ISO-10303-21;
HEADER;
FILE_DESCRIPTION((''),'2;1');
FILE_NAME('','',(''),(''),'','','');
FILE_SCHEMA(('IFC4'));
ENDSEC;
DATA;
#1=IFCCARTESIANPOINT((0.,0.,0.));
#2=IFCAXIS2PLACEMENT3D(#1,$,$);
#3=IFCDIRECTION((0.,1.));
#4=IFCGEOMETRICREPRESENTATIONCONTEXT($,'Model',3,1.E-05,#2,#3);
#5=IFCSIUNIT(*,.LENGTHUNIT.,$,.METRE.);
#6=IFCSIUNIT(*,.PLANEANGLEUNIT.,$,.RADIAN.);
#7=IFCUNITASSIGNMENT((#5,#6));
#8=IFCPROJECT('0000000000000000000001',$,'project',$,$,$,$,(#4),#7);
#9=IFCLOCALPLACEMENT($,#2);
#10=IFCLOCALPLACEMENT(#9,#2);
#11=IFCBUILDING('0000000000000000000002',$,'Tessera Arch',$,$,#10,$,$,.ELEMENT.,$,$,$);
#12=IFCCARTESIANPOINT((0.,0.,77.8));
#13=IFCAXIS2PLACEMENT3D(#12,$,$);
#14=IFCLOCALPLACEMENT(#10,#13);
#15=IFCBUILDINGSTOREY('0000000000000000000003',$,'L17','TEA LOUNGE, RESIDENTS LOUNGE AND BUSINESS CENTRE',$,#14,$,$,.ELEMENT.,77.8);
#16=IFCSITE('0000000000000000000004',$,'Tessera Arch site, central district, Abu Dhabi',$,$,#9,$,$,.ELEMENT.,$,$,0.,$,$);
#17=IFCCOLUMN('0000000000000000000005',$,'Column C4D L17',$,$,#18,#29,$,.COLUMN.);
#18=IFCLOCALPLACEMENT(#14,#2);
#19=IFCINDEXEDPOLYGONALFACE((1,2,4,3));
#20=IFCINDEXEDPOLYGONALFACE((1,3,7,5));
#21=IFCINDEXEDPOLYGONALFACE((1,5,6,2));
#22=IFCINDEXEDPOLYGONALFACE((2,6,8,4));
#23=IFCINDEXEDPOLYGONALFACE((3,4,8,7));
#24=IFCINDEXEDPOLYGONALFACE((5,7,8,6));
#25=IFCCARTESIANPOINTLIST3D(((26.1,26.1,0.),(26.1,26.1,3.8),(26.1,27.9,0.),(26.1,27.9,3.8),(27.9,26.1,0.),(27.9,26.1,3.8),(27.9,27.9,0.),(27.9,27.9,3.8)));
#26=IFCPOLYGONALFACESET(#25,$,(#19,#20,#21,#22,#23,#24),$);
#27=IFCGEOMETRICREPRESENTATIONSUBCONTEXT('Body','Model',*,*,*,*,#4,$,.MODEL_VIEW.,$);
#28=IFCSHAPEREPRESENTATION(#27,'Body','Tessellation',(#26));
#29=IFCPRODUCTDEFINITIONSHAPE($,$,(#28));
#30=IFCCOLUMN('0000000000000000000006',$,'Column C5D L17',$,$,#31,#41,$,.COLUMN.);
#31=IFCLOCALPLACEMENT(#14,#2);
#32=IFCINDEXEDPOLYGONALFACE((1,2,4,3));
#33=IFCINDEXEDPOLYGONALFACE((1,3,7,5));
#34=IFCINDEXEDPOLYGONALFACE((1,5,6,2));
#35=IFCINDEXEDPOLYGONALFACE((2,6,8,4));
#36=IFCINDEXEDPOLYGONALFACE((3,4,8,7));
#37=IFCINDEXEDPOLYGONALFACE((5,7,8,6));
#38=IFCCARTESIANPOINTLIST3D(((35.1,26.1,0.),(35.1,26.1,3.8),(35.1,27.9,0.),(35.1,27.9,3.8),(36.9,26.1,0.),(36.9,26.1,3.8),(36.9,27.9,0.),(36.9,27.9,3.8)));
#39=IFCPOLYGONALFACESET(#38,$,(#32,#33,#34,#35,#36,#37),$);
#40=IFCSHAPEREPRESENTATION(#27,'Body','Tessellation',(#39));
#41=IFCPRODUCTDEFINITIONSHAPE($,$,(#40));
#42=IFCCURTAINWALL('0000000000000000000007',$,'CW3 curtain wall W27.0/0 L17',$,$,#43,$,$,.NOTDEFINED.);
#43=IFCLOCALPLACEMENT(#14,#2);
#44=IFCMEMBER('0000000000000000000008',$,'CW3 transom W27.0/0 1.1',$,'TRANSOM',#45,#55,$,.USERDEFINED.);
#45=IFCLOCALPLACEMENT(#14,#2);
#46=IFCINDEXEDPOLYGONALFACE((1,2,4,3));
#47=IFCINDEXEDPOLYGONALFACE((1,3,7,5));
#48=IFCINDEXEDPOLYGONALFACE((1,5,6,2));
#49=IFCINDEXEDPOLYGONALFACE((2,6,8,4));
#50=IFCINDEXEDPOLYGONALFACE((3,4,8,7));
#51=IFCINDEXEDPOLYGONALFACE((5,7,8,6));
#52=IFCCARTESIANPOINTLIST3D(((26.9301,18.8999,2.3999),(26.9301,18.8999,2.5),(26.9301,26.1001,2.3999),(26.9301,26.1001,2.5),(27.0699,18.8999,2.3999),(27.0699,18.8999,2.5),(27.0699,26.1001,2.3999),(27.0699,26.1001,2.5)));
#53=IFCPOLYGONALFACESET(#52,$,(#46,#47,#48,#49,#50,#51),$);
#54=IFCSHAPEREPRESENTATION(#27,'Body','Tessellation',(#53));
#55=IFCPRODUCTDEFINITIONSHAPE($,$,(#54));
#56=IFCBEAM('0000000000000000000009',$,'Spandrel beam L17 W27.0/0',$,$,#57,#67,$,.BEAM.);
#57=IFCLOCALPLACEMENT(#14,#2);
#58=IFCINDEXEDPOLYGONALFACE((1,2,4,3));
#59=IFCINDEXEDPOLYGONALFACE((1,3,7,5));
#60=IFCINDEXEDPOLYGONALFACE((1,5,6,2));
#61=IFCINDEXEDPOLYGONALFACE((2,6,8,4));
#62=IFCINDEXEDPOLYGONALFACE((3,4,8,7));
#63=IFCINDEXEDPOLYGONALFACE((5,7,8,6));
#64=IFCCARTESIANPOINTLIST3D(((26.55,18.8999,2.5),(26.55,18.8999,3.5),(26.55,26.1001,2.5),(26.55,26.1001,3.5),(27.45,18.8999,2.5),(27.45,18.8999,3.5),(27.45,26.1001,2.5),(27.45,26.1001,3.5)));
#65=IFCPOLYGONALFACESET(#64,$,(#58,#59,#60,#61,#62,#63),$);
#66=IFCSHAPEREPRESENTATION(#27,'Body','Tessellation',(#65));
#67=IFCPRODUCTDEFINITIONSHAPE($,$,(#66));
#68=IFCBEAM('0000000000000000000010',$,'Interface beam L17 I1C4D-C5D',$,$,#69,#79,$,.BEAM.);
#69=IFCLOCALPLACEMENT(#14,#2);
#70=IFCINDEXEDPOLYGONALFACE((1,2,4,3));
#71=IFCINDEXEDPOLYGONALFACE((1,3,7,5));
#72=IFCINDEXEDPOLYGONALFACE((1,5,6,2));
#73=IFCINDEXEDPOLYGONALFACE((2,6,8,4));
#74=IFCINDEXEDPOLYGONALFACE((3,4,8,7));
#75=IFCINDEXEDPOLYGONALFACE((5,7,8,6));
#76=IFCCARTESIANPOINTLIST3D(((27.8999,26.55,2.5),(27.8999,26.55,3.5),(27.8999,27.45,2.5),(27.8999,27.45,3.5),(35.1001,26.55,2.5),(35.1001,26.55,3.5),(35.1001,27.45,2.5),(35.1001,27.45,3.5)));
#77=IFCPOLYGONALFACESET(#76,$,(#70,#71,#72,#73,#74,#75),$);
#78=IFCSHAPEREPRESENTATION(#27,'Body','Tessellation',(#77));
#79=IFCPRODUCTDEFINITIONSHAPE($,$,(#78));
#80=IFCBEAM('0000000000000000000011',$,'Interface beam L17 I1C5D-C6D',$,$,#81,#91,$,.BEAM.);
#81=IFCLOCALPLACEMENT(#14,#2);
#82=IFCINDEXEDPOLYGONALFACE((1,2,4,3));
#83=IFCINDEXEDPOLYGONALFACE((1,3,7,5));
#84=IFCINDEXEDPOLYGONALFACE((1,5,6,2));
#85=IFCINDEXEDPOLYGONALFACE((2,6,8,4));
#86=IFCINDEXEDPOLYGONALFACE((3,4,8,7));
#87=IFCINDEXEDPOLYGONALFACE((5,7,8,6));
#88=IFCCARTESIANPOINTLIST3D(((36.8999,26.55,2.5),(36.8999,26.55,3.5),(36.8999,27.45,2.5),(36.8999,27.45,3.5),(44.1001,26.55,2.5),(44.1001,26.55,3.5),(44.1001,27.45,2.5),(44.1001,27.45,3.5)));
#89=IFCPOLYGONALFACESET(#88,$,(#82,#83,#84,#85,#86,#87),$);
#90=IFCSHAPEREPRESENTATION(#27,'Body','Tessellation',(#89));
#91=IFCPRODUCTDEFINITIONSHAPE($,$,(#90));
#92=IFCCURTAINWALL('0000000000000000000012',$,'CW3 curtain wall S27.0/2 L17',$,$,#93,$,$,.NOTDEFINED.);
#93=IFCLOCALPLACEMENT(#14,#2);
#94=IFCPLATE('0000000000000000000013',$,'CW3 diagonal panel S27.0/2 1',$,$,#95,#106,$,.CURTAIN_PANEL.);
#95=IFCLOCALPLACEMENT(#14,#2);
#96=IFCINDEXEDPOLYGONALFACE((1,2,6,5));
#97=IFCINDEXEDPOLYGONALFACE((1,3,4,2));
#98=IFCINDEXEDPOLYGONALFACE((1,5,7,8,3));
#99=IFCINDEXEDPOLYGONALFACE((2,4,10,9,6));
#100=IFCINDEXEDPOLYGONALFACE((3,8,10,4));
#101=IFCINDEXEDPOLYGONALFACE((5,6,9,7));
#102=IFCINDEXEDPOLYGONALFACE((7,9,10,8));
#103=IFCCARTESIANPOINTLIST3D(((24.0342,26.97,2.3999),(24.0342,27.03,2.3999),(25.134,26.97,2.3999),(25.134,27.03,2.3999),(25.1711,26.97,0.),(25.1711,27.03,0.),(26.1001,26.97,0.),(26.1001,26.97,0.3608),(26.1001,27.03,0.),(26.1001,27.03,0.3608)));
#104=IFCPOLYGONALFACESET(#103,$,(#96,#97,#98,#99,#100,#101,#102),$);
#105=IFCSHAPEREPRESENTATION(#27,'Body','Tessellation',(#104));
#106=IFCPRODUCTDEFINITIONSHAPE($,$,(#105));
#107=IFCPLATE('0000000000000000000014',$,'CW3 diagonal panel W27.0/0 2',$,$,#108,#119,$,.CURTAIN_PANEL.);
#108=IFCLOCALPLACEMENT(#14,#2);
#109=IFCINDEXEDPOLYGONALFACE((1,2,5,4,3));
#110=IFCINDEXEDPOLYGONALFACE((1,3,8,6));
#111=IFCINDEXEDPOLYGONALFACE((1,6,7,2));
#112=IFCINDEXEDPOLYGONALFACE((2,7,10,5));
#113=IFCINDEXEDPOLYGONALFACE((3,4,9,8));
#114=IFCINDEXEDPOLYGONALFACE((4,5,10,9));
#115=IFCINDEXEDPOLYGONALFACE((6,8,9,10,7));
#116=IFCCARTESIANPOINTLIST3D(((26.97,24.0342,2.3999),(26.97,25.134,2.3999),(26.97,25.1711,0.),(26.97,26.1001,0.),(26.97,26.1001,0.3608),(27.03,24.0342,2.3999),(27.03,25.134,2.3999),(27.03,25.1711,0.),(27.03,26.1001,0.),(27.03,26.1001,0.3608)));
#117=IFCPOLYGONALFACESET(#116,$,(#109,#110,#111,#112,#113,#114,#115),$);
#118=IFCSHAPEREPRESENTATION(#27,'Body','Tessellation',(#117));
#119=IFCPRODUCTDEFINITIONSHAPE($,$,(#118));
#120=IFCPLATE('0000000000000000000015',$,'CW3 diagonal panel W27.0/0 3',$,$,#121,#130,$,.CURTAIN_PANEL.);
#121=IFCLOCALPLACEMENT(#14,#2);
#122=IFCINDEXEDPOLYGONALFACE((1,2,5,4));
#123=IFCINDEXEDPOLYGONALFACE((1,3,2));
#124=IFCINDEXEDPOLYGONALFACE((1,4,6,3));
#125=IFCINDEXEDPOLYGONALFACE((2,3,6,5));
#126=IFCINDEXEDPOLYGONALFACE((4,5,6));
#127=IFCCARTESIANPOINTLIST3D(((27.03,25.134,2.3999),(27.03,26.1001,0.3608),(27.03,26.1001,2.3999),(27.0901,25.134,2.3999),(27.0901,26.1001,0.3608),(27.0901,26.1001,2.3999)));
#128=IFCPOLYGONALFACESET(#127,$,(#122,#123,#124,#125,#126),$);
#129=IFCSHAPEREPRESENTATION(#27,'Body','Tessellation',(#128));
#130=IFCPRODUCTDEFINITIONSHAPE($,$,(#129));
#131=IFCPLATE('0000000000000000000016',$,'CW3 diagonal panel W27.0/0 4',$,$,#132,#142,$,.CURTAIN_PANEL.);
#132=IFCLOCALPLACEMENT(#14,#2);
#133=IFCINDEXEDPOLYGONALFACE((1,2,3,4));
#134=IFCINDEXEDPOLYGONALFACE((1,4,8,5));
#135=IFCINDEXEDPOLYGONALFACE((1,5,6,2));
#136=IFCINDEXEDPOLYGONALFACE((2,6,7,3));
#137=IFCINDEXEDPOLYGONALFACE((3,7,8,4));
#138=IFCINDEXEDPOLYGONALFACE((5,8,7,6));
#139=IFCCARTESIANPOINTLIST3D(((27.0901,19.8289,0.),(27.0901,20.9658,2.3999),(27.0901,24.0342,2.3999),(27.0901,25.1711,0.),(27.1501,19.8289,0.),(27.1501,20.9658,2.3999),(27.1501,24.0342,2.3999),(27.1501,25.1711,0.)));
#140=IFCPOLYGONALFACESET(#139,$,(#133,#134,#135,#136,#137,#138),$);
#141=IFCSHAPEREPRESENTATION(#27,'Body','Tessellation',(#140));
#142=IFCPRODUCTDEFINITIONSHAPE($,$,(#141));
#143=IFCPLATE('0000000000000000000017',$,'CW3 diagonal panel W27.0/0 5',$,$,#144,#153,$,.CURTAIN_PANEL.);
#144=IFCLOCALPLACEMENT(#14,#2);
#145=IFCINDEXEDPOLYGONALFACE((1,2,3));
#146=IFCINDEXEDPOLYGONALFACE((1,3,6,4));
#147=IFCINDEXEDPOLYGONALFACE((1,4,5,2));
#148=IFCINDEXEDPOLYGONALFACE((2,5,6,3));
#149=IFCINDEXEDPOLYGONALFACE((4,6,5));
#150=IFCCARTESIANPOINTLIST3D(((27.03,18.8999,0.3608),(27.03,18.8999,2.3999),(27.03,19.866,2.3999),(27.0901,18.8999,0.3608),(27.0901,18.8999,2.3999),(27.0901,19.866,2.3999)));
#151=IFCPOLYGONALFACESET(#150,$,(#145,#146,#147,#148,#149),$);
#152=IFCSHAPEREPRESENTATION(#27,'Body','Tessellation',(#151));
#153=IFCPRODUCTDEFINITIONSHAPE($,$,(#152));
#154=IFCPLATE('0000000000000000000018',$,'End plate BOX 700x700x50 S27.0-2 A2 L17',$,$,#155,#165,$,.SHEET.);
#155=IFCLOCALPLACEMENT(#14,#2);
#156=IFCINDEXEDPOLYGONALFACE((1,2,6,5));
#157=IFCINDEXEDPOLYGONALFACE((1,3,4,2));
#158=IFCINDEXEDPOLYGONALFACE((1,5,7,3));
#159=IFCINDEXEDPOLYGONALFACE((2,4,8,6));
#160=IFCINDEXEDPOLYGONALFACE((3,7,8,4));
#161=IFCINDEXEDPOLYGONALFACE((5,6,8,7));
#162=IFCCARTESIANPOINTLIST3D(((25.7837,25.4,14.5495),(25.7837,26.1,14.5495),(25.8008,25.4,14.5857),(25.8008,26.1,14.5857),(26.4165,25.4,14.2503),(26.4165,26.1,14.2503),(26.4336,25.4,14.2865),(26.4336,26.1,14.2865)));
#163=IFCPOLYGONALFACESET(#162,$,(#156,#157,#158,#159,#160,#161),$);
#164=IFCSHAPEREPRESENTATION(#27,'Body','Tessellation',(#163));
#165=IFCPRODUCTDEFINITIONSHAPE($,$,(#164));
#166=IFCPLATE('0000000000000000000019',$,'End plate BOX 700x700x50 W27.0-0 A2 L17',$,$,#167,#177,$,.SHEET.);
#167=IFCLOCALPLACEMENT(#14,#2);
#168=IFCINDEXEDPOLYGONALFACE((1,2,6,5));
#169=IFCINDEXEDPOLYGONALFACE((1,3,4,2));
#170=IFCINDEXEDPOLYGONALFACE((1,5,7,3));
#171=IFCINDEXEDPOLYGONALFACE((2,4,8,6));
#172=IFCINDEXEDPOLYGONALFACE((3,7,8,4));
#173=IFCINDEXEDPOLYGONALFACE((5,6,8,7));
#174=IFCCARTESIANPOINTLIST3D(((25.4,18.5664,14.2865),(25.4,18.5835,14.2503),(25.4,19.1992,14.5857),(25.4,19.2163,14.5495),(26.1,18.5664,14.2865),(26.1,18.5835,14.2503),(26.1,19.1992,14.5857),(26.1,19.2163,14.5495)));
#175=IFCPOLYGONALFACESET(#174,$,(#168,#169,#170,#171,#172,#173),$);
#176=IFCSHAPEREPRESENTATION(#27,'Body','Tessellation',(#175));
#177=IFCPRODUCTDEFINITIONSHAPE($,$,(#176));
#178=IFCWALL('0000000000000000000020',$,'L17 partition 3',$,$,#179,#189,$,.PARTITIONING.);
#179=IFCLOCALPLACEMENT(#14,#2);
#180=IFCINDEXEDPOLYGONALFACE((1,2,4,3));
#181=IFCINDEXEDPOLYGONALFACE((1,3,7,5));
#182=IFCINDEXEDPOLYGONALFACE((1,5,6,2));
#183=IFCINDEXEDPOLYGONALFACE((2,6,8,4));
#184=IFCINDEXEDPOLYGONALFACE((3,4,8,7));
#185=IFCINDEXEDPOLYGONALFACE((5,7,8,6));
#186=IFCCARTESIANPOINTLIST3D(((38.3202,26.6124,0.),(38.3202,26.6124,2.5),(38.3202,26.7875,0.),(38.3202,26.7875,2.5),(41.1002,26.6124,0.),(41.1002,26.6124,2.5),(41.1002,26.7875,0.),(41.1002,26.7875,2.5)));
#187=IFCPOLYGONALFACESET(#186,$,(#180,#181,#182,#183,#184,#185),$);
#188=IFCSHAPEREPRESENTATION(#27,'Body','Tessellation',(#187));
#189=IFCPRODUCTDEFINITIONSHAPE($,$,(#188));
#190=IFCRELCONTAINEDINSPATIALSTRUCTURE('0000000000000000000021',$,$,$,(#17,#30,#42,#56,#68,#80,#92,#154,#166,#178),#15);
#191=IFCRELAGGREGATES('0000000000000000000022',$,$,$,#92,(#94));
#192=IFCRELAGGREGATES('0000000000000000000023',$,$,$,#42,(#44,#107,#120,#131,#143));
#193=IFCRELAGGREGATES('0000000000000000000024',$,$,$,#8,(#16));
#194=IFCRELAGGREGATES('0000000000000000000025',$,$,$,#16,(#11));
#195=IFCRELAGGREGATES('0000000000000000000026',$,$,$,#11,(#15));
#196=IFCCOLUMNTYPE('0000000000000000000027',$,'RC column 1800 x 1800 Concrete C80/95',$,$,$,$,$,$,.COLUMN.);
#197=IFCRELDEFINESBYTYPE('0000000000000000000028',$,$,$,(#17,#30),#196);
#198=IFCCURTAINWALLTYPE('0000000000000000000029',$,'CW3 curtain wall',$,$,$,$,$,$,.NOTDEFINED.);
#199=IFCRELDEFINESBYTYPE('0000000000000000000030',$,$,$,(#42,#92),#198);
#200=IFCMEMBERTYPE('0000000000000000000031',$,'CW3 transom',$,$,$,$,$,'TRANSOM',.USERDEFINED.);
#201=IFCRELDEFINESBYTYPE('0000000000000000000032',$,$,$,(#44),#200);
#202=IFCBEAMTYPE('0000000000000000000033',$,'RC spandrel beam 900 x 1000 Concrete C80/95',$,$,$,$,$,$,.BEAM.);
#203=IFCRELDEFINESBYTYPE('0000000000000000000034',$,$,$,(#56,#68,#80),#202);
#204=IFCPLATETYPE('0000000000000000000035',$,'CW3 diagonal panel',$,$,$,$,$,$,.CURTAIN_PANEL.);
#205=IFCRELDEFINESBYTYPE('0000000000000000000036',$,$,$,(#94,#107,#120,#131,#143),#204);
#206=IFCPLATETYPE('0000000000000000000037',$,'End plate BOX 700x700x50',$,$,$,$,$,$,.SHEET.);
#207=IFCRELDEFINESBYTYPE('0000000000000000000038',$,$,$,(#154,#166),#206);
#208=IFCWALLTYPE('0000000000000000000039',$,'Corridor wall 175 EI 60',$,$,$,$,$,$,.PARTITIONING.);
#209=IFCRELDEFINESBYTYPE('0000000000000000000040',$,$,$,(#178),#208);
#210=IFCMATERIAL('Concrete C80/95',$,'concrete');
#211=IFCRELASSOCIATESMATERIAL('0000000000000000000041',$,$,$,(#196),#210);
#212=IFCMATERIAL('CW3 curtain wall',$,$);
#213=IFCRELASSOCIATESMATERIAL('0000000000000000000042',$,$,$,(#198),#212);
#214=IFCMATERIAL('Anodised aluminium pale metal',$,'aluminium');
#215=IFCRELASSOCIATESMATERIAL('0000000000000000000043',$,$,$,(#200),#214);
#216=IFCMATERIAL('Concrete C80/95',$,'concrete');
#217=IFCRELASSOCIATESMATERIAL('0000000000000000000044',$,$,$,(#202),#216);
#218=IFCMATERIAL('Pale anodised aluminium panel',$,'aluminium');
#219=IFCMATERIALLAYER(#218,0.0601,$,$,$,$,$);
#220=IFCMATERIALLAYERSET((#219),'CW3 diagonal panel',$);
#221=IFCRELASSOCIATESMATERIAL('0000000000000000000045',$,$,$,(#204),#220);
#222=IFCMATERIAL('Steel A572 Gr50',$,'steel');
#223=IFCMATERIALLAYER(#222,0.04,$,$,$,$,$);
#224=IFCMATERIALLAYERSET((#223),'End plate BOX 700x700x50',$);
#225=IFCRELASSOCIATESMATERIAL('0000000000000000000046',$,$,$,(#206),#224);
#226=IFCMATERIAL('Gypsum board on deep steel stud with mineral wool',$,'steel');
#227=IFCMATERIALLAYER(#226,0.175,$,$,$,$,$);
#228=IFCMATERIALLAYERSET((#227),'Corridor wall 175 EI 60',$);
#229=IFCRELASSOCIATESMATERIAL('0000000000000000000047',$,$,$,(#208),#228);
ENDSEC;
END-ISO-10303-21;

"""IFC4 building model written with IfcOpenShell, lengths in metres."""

from ifc_helpers import new_model, si_unit, direction, frame, frame_2d, origin, origin_2d, place, context, subcontext, project, spatial, polyline, rectangle, outline, extrude, material, layer, layer_set, material_profile, profile_set, type_object, element, aggregate, save


model = new_model("IFC4")

# Units and contexts
model_context = context("Model", 3, precision=1e-05, world=origin(), true_north=direction((0.0, 1.0)))
body_context = subcontext(model_context, "Body", "Model", "MODEL_VIEW")
ifc_project = project(units=[si_unit("LENGTHUNIT", "METRE"), si_unit("PLANEANGLEUNIT", "RADIAN")], contexts=[model_context])

# Site, building, storey
site_placement = place(None, origin())
site = spatial("IfcSite", under=ifc_project, at=site_placement, Name="Tessera Arch site, central district, Abu Dhabi", CompositionType="ELEMENT", RefElevation=0.0)
building_placement = place(site_placement, origin())
building = spatial("IfcBuilding", under=site, at=building_placement, Name="Tessera Arch", CompositionType="ELEMENT")
storey_placement = place(building_placement, frame((0.0, 0.0, 77.8)))
storey = spatial("IfcBuildingStorey", under=building, at=storey_placement, Name="L17", Description="TEA LOUNGE, RESIDENTS LOUNGE AND BUSINESS CENTRE", CompositionType="ELEMENT", Elevation=77.8)

# Columns
ifc_material_1 = material(Name="Concrete C80/95", Category="concrete")
ifc_material_profile_1 = material_profile(ifc_material_1, rectangle(XDim=1.8, YDim=1.8, at=origin_2d()), Name="RC column 1800 x 1800 Concrete C80/95")
ifc_profile_set_1 = profile_set([ifc_material_profile_1], Name="Concrete C80/95")
column_type = type_object("IfcColumnType", Name="RC column 1800 x 1800 Concrete C80/95", PredefinedType="COLUMN", material=ifc_profile_set_1)
for number, where, z_axis, x_axis, name in (
    (1, (27.0, 27.0, 0.0), (0.0, 0.0, 1.0), (1.0, 0.0, 0.0), "Column C4D L17"),
    (2, (36.0, 27.0, 0.0), (0.0, 0.0, 1.0), (1.0, 0.0, 0.0), "Column C5D L17"),
):
    element("IfcColumn", number, at=place(storey_placement, frame(where, z_axis=z_axis, x_axis=x_axis)), inside=storey, type_object=column_type, Name=name, PredefinedType="COLUMN", context=body_context, shape_type="SweptSolid", body=[
        extrude(rectangle(XDim=1.8, YDim=1.8, at=origin_2d()), origin(), (0.0, 0.0, 1.0), 3.8),
    ])

# Curtain wall, member
ifc_material_2 = material(Name="CW3 curtain wall")
curtain_wall_type = type_object("IfcCurtainWallType", Name="CW3 curtain wall", PredefinedType="NOTDEFINED", material=ifc_material_2)
curtain_wall_1_placement = place(storey_placement, origin())
curtain_wall_1 = element("IfcCurtainWall", 3, at=curtain_wall_1_placement, inside=storey, type_object=curtain_wall_type, Name="CW3 curtain wall W27.0/0 L17", PredefinedType="NOTDEFINED")
ifc_material_3 = material(Name="Anodised aluminium pale metal", Category="aluminium")
ifc_material_profile_2 = material_profile(ifc_material_3, rectangle(XDim=0.1399, YDim=0.1001, at=origin_2d()), Name="AL 140x100")
ifc_profile_set_2 = profile_set([ifc_material_profile_2], Name="Anodised aluminium pale metal")
member_type = type_object("IfcMemberType", Name="CW3 transom", ElementType="TRANSOM", PredefinedType="USERDEFINED", material=ifc_profile_set_2)
member_placement = place(storey_placement, frame((27.0, 26.1001, 2.45), z_axis=(0.0, -1.0, 0.0), x_axis=(1.0, 0.0, 0.0)))
member = element("IfcMember", 4, at=member_placement, type_object=member_type, Name="CW3 transom W27.0/0 1.1", ObjectType="TRANSOM", PredefinedType="USERDEFINED", context=body_context, shape_type="SweptSolid", body=[
    extrude(rectangle(XDim=0.1399, YDim=0.1001, at=origin_2d()), origin(), (0.0, 0.0, 1.0), 7.2002),
])

# Beams
ifc_material_4 = material(Name="Concrete C80/95", Category="concrete")
ifc_material_profile_3 = material_profile(ifc_material_4, rectangle(XDim=0.8999, YDim=1.0, at=origin_2d()), Name="RC spandrel beam 900 x 1000 Concrete C80/95")
ifc_profile_set_3 = profile_set([ifc_material_profile_3], Name="Concrete C80/95")
beam_type = type_object("IfcBeamType", Name="RC spandrel beam 900 x 1000 Concrete C80/95", PredefinedType="BEAM", material=ifc_profile_set_3)
for number, where, z_axis, x_axis, name in (
    (5, (27.0, 26.1001, 3.0), (0.0, -1.0, 0.0), (1.0, 0.0, 0.0), "Spandrel beam L17 W27.0/0"),
    (6, (27.8999, 27.0, 3.0), (1.0, 0.0, 0.0), (0.0, 1.0, 0.0), "Interface beam L17 I1C4D-C5D"),
    (7, (36.8999, 27.0, 3.0), (1.0, 0.0, 0.0), (0.0, 1.0, 0.0), "Interface beam L17 I1C5D-C6D"),
):
    element("IfcBeam", number, at=place(storey_placement, frame(where, z_axis=z_axis, x_axis=x_axis)), inside=storey, type_object=beam_type, Name=name, PredefinedType="BEAM", context=body_context, shape_type="SweptSolid", body=[
        extrude(rectangle(XDim=0.8999, YDim=1.0, at=origin_2d()), origin(), (0.0, 0.0, 1.0), 7.2002),
    ])

# Curtain wall, plate
curtain_wall_2_placement = place(storey_placement, origin())
curtain_wall_2 = element("IfcCurtainWall", 8, at=curtain_wall_2_placement, inside=storey, type_object=curtain_wall_type, Name="CW3 curtain wall S27.0/2 L17", PredefinedType="NOTDEFINED")
ifc_material_5 = material(Name="Pale anodised aluminium panel", Category="aluminium")
ifc_layer_1 = layer(ifc_material_5, 0.0601)
ifc_layer_set_1 = layer_set([ifc_layer_1], Name="CW3 diagonal panel")
plate_type_1 = type_object("IfcPlateType", Name="CW3 diagonal panel", PredefinedType="CURTAIN_PANEL", material=ifc_layer_set_1)
plate_1_placement = place(storey_placement, frame((26.1001, 26.97, 0.0), z_axis=(0.0, -1.0, 0.0), x_axis=(0.0, 0.0, 1.0)))
plate_1 = element("IfcPlate", 9, at=plate_1_placement, type_object=plate_type_1, Name="CW3 diagonal panel S27.0/2 1", PredefinedType="CURTAIN_PANEL", context=body_context, shape_type="SweptSolid", body=[
    extrude(outline(polyline([(0.0, 0.0), (0.3608, 0.0), (2.3999, 0.9661), (2.3999, 2.0659), (0.0, 0.929), (0.0, 0.0)])), origin(), (0.0, 0.0, -1.0), 0.0601),
])
aggregate(curtain_wall_2, [plate_1])

# Plates
plate_2_placement = place(storey_placement, frame((26.97, 24.0342, 2.3999), z_axis=(-1.0, 0.0, 0.0), x_axis=(0.0, 1.0, 0.0)))
plate_2 = element("IfcPlate", 10, at=plate_2_placement, type_object=plate_type_1, Name="CW3 diagonal panel W27.0/0 2", PredefinedType="CURTAIN_PANEL", context=body_context, shape_type="SweptSolid", body=[
    extrude(outline(polyline([(0.0, 0.0), (1.0999, 0.0), (2.0659, 2.0391), (2.0659, 2.3999), (1.137, 2.3999), (0.0, 0.0)])), origin(), (0.0, 0.0, -1.0), 0.0601),
])
plate_3_placement = place(storey_placement, frame((27.03, 26.1001, 2.3999), z_axis=(-1.0, 0.0, 0.0), x_axis=(0.0, 0.0, -1.0)))
plate_3 = element("IfcPlate", 11, at=plate_3_placement, type_object=plate_type_1, Name="CW3 diagonal panel W27.0/0 3", PredefinedType="CURTAIN_PANEL", context=body_context, shape_type="SweptSolid", body=[
    extrude(outline(polyline([(0.0, 0.0), (2.0391, 0.0), (0.0, 0.9661), (0.0, 0.0)])), origin(), (0.0, 0.0, -1.0), 0.0601),
])
plate_4_placement = place(storey_placement, frame((27.0901, 20.9658, 2.3999), z_axis=(-1.0, 0.0, 0.0), x_axis=(0.0, 1.0, 0.0)))
plate_4 = element("IfcPlate", 12, at=plate_4_placement, type_object=plate_type_1, Name="CW3 diagonal panel W27.0/0 4", PredefinedType="CURTAIN_PANEL", context=body_context, shape_type="SweptSolid", body=[
    extrude(outline(polyline([(0.0, 0.0), (3.0684, 0.0), (4.2053, 2.3999), (-1.137, 2.3999), (0.0, 0.0)])), origin(), (0.0, 0.0, -1.0), 0.0601),
])
plate_5_placement = place(storey_placement, frame((27.03, 18.8999, 2.3999), z_axis=(-1.0, 0.0, 0.0), x_axis=(0.0, 1.0, 0.0)))
plate_5 = element("IfcPlate", 13, at=plate_5_placement, type_object=plate_type_1, Name="CW3 diagonal panel W27.0/0 5", PredefinedType="CURTAIN_PANEL", context=body_context, shape_type="SweptSolid", body=[
    extrude(outline(polyline([(0.0, 0.0), (0.9661, 0.0), (0.0, 2.0391), (0.0, 0.0)])), origin(), (0.0, 0.0, -1.0), 0.0601),
])
aggregate(curtain_wall_1, [member, plate_2, plate_3, plate_4, plate_5])

# Plates
ifc_material_6 = material(Name="Steel A572 Gr50", Category="steel")
ifc_layer_2 = layer(ifc_material_6, 0.04)
ifc_layer_set_2 = layer_set([ifc_layer_2], Name="End plate BOX 700x700x50")
plate_type_2 = type_object("IfcPlateType", Name="End plate BOX 700x700x50", PredefinedType="SHEET", material=ifc_layer_set_2)
for number, where, z_axis, x_axis, name in (
    (14, (26.1001, 25.75, 14.3999), (0.427561, 0.0, 0.903986), (0.0, 1.0, 0.0), "End plate BOX 700x700x50 S27.0-2 A2 L17"),
    (15, (25.75, 18.8999, 14.3999), (0.0, -0.427561, 0.903986), (1.0, 0.0, 0.0), "End plate BOX 700x700x50 W27.0-0 A2 L17"),
):
    element("IfcPlate", number, at=place(storey_placement, frame(where, z_axis=z_axis, x_axis=x_axis)), inside=storey, type_object=plate_type_2, Name=name, PredefinedType="SHEET", context=body_context, shape_type="SweptSolid", body=[
        extrude(rectangle(XDim=0.7, YDim=0.7, at=origin_2d()), origin(), (0.0, 0.0, 1.0), 0.04),
    ])

# Wall
ifc_material_7 = material(Name="Gypsum board on deep steel stud with mineral wool", Category="steel")
ifc_layer_3 = layer(ifc_material_7, 0.175)
ifc_layer_set_3 = layer_set([ifc_layer_3], Name="Corridor wall 175 EI 60")
wall_type = type_object("IfcWallType", Name="Corridor wall 175 EI 60", PredefinedType="PARTITIONING", material=ifc_layer_set_3)
wall_placement = place(storey_placement, frame((38.3201, 26.7, 0.0), z_axis=(0.0, 0.0, 1.0), x_axis=(1.0, 0.0, 0.0)))
element("IfcWall", 16, at=wall_placement, inside=storey, type_object=wall_type, Name="L17 partition 3", PredefinedType="PARTITIONING", context=body_context, shape_type="SweptSolid", body=[
    extrude(rectangle(XDim=2.78, YDim=0.175, at=frame_2d((1.3901, 0.0))), origin(), (0.0, 0.0, 1.0), 2.5),
])

save(model, "model.ifc")
